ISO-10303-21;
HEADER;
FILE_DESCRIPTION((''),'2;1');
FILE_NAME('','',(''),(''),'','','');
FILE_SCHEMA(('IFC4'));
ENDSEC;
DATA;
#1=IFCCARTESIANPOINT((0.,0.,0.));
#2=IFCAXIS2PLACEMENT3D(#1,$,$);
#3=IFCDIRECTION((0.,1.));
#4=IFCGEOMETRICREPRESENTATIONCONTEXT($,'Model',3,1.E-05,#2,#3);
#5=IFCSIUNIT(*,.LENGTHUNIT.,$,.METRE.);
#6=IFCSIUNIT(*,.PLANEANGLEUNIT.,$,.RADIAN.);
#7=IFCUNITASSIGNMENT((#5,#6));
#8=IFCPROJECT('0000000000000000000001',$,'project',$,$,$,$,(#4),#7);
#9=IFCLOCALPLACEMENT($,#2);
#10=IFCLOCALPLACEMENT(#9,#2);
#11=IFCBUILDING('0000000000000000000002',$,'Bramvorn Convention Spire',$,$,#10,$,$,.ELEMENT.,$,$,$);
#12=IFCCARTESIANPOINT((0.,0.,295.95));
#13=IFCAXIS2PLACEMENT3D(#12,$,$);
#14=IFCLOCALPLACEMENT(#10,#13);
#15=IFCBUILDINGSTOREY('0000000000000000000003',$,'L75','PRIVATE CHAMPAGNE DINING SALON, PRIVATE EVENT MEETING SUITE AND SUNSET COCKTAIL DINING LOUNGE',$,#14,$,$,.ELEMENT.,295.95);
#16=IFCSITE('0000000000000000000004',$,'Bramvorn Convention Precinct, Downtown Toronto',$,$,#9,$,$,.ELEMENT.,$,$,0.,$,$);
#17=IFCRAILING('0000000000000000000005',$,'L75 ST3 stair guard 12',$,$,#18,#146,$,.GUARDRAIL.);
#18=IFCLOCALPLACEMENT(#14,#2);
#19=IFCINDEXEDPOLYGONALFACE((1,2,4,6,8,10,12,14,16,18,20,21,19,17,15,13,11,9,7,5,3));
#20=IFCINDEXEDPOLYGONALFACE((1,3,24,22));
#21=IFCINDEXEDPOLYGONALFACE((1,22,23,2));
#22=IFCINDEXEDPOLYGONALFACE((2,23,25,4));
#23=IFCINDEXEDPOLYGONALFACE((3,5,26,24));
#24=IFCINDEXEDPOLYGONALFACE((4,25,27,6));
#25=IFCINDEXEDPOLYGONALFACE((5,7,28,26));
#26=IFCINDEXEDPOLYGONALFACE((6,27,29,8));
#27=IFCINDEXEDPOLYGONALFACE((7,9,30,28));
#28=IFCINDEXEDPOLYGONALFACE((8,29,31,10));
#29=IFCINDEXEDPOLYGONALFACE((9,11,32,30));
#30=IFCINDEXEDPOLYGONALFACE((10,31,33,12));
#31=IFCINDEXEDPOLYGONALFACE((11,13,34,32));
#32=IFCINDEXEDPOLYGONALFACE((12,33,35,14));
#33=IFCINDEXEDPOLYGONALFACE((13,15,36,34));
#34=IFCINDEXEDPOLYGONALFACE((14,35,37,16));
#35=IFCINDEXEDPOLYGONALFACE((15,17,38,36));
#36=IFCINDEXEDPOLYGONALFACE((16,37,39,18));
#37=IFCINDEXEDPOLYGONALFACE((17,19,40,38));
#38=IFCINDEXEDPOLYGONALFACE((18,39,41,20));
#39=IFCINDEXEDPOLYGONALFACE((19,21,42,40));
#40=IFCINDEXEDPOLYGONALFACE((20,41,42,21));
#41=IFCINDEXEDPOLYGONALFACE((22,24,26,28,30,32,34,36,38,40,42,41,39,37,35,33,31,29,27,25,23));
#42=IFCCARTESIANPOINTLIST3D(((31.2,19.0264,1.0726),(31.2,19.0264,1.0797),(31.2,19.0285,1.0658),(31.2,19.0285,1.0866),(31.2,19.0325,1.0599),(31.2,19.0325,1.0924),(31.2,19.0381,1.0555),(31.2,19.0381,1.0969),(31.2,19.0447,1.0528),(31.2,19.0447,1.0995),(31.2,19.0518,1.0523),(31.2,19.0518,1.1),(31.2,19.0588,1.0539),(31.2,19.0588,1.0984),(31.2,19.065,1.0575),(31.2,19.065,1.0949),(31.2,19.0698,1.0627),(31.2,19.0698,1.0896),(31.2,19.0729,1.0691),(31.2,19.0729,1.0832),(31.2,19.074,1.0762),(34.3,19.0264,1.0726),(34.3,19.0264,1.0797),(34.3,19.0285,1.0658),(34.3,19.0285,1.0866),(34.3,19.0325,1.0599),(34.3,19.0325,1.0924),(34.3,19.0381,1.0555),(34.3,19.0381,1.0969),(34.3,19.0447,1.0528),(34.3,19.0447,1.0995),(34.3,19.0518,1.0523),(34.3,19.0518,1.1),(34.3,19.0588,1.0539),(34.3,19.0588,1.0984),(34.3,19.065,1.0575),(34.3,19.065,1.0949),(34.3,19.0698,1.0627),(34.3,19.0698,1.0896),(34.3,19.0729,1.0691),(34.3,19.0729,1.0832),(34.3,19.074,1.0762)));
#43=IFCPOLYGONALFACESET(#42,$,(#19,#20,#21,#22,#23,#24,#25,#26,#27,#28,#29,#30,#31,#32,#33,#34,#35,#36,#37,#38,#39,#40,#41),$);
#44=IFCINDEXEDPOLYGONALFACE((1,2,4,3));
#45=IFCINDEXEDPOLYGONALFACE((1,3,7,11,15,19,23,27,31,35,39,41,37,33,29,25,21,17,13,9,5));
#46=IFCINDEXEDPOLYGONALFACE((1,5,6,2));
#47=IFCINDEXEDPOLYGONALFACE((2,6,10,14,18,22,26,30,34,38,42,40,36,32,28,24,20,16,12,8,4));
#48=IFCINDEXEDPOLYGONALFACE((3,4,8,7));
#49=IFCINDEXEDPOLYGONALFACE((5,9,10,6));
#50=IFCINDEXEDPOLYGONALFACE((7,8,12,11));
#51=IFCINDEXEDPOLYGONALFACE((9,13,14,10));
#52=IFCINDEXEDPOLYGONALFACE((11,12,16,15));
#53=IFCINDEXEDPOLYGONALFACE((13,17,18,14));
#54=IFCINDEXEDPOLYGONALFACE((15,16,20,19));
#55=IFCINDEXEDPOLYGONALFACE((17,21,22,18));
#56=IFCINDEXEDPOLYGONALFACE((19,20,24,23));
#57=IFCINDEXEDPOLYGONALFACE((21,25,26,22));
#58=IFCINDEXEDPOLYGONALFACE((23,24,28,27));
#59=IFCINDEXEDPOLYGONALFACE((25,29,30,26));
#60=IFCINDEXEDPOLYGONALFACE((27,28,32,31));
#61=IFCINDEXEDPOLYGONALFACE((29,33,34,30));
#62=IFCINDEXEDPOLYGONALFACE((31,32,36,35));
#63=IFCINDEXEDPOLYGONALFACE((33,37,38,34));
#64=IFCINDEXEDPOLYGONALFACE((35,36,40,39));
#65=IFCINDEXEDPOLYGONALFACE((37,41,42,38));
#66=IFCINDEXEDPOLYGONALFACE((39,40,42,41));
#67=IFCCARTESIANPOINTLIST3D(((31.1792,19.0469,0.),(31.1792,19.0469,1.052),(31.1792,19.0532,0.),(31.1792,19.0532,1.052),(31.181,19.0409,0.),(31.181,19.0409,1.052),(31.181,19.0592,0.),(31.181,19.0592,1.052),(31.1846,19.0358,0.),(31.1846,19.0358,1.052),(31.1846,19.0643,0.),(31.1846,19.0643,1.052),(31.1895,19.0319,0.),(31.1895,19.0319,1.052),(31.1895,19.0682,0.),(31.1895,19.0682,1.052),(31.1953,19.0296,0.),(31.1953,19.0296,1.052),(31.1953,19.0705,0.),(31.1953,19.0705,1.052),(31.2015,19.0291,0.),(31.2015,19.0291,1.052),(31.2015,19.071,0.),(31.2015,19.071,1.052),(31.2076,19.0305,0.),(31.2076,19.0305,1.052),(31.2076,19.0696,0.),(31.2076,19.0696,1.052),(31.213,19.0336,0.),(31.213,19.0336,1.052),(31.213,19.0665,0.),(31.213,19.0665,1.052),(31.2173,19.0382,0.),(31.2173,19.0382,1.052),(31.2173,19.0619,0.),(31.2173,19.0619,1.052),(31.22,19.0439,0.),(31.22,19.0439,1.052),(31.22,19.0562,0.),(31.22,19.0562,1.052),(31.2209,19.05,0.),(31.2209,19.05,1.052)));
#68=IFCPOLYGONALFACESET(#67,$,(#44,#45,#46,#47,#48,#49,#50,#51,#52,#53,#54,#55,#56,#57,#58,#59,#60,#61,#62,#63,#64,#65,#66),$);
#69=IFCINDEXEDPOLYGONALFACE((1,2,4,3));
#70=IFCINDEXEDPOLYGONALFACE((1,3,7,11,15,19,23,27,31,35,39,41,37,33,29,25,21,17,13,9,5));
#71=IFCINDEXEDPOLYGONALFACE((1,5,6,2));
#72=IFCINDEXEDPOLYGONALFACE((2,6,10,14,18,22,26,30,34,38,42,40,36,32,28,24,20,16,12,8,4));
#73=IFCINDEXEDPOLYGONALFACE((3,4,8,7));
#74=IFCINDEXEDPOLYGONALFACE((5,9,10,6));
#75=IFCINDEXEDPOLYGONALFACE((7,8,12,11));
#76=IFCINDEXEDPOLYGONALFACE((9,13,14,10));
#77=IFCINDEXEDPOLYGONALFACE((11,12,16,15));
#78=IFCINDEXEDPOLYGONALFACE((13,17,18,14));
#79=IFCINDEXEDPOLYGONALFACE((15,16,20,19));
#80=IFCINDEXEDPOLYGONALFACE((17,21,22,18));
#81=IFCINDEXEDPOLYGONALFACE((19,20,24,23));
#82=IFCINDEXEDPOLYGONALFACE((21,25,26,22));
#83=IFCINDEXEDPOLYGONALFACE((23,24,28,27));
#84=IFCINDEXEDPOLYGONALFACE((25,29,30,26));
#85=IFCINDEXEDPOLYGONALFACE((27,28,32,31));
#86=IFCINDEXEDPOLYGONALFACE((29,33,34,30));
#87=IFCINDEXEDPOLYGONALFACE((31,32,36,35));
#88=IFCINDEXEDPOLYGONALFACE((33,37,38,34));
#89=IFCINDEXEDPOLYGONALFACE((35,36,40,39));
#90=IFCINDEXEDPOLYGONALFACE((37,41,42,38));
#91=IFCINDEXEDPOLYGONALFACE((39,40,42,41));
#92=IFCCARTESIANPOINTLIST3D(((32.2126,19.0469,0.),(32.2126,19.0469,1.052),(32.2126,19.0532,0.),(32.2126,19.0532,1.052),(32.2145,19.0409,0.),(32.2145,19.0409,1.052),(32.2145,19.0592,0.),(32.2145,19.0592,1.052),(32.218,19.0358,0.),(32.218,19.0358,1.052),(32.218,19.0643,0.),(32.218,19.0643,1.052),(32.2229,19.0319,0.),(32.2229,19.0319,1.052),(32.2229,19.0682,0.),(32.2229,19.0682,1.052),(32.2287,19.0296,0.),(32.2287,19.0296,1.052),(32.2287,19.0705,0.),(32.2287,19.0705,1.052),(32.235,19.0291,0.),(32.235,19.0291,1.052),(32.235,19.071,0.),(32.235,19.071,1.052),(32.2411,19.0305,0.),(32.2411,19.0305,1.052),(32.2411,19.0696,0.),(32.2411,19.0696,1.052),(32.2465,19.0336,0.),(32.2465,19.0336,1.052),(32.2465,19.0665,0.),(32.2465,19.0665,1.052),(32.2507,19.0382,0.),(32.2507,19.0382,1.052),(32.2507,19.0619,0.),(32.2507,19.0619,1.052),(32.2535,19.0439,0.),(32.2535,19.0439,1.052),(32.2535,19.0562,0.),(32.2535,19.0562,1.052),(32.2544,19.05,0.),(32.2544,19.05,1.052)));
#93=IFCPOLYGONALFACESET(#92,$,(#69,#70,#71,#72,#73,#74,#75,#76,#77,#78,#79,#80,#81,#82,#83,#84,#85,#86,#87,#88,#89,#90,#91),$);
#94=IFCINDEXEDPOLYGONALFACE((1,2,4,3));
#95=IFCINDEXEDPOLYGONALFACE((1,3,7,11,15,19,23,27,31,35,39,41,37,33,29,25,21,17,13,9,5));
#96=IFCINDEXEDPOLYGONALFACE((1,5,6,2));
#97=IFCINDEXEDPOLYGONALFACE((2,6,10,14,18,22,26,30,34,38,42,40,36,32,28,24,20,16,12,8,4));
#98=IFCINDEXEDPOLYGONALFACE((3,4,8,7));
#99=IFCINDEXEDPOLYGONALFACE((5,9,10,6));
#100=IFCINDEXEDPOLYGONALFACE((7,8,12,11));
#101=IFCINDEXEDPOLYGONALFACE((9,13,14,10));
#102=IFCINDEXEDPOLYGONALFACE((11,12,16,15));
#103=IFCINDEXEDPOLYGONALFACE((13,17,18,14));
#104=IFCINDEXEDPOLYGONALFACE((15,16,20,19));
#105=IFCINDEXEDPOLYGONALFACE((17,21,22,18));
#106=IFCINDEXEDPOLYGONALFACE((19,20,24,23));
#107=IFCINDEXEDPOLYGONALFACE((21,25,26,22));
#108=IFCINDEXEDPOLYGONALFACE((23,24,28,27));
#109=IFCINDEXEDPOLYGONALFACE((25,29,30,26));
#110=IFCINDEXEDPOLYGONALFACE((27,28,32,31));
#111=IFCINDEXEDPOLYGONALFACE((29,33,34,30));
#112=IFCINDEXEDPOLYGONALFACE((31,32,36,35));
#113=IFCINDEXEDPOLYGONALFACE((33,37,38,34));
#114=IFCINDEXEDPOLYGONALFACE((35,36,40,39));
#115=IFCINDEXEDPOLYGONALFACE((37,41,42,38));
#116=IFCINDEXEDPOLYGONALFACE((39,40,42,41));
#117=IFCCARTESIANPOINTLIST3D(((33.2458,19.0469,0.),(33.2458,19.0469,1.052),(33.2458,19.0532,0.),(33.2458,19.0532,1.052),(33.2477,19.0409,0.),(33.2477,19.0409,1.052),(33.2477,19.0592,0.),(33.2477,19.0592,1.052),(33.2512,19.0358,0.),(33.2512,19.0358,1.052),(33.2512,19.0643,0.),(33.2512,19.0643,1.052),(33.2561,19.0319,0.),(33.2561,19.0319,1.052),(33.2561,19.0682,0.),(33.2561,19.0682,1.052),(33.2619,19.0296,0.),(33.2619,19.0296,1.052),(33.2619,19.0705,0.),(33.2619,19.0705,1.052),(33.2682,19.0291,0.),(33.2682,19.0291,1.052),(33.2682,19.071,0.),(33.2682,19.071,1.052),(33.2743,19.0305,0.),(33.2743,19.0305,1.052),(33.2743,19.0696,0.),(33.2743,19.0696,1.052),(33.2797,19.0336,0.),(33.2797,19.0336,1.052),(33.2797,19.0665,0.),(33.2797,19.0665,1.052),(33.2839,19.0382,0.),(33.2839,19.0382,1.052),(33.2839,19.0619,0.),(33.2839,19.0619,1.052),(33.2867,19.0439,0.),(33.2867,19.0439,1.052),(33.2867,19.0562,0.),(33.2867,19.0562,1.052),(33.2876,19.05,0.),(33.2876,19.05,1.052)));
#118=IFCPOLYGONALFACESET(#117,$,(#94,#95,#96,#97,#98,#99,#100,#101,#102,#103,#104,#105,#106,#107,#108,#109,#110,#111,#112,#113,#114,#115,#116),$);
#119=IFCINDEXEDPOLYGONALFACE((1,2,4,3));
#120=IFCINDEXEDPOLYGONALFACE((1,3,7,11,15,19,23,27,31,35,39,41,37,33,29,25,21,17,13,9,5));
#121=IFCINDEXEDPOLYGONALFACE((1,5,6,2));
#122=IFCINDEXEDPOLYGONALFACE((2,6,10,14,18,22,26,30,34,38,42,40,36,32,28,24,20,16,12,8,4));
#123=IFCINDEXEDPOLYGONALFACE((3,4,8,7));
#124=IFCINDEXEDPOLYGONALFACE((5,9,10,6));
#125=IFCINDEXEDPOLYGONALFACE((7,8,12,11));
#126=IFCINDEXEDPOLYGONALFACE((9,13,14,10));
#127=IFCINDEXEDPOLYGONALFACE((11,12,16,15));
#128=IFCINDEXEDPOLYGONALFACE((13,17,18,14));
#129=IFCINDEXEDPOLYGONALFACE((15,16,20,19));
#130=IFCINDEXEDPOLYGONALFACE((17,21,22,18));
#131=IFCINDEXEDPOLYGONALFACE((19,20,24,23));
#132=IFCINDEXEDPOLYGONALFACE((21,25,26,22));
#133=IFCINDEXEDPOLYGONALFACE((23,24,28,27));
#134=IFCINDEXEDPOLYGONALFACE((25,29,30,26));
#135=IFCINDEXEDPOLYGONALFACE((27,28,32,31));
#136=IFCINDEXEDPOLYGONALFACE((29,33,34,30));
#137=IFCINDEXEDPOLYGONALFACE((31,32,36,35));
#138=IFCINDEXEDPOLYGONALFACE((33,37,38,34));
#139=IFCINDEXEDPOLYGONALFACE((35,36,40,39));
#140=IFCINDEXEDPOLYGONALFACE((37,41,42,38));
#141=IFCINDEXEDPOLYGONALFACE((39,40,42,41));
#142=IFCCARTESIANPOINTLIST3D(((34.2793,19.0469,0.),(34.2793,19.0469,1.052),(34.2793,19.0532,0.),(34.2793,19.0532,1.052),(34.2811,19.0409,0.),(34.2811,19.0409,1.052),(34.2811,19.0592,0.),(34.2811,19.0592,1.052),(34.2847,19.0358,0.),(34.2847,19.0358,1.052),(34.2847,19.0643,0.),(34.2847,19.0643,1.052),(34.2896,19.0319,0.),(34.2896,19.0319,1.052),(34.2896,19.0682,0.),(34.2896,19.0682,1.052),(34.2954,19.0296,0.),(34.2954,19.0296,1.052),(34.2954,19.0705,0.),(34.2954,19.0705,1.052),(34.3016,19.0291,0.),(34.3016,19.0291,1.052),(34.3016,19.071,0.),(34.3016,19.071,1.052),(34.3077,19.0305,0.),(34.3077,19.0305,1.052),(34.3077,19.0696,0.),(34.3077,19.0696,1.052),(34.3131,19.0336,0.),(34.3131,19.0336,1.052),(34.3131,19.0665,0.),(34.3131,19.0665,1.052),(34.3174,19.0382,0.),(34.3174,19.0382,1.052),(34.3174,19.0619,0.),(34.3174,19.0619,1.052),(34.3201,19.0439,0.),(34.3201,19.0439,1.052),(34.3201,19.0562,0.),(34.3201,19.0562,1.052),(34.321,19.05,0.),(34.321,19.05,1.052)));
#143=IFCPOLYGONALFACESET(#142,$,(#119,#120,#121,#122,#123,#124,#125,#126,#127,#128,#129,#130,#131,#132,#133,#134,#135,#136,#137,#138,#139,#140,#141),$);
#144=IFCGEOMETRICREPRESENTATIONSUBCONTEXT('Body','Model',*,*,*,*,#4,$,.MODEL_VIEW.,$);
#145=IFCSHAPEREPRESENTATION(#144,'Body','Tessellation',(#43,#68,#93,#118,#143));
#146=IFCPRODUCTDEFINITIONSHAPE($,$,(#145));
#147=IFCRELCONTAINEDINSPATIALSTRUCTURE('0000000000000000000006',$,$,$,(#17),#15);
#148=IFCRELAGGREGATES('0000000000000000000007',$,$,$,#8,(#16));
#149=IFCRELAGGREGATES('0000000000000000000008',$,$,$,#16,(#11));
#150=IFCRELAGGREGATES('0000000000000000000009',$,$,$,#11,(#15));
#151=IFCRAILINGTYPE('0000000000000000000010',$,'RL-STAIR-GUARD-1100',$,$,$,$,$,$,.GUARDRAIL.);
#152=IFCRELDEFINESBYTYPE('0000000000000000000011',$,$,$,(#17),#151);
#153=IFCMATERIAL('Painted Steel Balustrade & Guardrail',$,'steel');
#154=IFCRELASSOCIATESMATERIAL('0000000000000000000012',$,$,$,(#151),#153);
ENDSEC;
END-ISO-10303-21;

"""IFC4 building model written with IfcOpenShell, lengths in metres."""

from ifc_helpers import new_model, si_unit, direction, frame, origin, origin_2d, place, context, subcontext, project, spatial, circle, extrude, material, type_object, element, save


model = new_model("IFC4")

# Units and contexts
model_context = context("Model", 3, precision=1e-05, world=origin(), true_north=direction((0.0, 1.0)))
body_context = subcontext(model_context, "Body", "Model", "MODEL_VIEW")
ifc_project = project(units=[si_unit("LENGTHUNIT", "METRE"), si_unit("PLANEANGLEUNIT", "RADIAN")], contexts=[model_context])

# Site, building, storey
site_placement = place(None, origin())
site = spatial("IfcSite", under=ifc_project, at=site_placement, Name="Bramvorn Convention Precinct, Downtown Toronto", CompositionType="ELEMENT", RefElevation=0.0)
building_placement = place(site_placement, origin())
building = spatial("IfcBuilding", under=site, at=building_placement, Name="Bramvorn Convention Spire", CompositionType="ELEMENT")
storey_placement = place(building_placement, frame((0.0, 0.0, 295.95)))
storey = spatial("IfcBuildingStorey", under=building, at=storey_placement, Name="L75", Description="PRIVATE CHAMPAGNE DINING SALON, PRIVATE EVENT MEETING SUITE AND SUNSET COCKTAIL DINING LOUNGE", CompositionType="ELEMENT", Elevation=295.95)

# Railing
ifc_material_1 = material(Name="Painted Steel Balustrade & Guardrail", Category="steel")
railing_type_1 = type_object("IfcRailingType", Name="RL-STAIR-GUARD-1100", PredefinedType="GUARDRAIL", material=ifc_material_1)
railing_1_placement = place(storey_placement, frame((31.2, 19.05, 0.0)))
element("IfcRailing", 1, at=railing_1_placement, inside=storey, type_object=railing_type_1, Name="L75 ST3 stair guard 12", PredefinedType="GUARDRAIL", context=body_context, shape_type="SweptSolid", body=[
    extrude(circle(Radius=0.0239, at=origin_2d()), frame((0.0, 0.0, 1.0762), z_axis=(1.0, 0.0, 0.0), x_axis=(0.0, 1.0, 0.0)), (0.0, 0.0, 1.0), 3.1001),
    extrude(circle(Radius=0.021, at=origin_2d()), origin(), (0.0, 0.0, 1.0), 1.052),
    extrude(circle(Radius=0.021, at=origin_2d()), frame((1.0334, 0.0, 0.0)), (0.0, 0.0, 1.0), 1.052),
    extrude(circle(Radius=0.021, at=origin_2d()), frame((2.0667, 0.0, 0.0)), (0.0, 0.0, 1.0), 1.052),
    extrude(circle(Radius=0.021, at=origin_2d()), frame((3.1001, 0.0, 0.0)), (0.0, 0.0, 1.0), 1.052),
])

save(model, "model.ifc")
